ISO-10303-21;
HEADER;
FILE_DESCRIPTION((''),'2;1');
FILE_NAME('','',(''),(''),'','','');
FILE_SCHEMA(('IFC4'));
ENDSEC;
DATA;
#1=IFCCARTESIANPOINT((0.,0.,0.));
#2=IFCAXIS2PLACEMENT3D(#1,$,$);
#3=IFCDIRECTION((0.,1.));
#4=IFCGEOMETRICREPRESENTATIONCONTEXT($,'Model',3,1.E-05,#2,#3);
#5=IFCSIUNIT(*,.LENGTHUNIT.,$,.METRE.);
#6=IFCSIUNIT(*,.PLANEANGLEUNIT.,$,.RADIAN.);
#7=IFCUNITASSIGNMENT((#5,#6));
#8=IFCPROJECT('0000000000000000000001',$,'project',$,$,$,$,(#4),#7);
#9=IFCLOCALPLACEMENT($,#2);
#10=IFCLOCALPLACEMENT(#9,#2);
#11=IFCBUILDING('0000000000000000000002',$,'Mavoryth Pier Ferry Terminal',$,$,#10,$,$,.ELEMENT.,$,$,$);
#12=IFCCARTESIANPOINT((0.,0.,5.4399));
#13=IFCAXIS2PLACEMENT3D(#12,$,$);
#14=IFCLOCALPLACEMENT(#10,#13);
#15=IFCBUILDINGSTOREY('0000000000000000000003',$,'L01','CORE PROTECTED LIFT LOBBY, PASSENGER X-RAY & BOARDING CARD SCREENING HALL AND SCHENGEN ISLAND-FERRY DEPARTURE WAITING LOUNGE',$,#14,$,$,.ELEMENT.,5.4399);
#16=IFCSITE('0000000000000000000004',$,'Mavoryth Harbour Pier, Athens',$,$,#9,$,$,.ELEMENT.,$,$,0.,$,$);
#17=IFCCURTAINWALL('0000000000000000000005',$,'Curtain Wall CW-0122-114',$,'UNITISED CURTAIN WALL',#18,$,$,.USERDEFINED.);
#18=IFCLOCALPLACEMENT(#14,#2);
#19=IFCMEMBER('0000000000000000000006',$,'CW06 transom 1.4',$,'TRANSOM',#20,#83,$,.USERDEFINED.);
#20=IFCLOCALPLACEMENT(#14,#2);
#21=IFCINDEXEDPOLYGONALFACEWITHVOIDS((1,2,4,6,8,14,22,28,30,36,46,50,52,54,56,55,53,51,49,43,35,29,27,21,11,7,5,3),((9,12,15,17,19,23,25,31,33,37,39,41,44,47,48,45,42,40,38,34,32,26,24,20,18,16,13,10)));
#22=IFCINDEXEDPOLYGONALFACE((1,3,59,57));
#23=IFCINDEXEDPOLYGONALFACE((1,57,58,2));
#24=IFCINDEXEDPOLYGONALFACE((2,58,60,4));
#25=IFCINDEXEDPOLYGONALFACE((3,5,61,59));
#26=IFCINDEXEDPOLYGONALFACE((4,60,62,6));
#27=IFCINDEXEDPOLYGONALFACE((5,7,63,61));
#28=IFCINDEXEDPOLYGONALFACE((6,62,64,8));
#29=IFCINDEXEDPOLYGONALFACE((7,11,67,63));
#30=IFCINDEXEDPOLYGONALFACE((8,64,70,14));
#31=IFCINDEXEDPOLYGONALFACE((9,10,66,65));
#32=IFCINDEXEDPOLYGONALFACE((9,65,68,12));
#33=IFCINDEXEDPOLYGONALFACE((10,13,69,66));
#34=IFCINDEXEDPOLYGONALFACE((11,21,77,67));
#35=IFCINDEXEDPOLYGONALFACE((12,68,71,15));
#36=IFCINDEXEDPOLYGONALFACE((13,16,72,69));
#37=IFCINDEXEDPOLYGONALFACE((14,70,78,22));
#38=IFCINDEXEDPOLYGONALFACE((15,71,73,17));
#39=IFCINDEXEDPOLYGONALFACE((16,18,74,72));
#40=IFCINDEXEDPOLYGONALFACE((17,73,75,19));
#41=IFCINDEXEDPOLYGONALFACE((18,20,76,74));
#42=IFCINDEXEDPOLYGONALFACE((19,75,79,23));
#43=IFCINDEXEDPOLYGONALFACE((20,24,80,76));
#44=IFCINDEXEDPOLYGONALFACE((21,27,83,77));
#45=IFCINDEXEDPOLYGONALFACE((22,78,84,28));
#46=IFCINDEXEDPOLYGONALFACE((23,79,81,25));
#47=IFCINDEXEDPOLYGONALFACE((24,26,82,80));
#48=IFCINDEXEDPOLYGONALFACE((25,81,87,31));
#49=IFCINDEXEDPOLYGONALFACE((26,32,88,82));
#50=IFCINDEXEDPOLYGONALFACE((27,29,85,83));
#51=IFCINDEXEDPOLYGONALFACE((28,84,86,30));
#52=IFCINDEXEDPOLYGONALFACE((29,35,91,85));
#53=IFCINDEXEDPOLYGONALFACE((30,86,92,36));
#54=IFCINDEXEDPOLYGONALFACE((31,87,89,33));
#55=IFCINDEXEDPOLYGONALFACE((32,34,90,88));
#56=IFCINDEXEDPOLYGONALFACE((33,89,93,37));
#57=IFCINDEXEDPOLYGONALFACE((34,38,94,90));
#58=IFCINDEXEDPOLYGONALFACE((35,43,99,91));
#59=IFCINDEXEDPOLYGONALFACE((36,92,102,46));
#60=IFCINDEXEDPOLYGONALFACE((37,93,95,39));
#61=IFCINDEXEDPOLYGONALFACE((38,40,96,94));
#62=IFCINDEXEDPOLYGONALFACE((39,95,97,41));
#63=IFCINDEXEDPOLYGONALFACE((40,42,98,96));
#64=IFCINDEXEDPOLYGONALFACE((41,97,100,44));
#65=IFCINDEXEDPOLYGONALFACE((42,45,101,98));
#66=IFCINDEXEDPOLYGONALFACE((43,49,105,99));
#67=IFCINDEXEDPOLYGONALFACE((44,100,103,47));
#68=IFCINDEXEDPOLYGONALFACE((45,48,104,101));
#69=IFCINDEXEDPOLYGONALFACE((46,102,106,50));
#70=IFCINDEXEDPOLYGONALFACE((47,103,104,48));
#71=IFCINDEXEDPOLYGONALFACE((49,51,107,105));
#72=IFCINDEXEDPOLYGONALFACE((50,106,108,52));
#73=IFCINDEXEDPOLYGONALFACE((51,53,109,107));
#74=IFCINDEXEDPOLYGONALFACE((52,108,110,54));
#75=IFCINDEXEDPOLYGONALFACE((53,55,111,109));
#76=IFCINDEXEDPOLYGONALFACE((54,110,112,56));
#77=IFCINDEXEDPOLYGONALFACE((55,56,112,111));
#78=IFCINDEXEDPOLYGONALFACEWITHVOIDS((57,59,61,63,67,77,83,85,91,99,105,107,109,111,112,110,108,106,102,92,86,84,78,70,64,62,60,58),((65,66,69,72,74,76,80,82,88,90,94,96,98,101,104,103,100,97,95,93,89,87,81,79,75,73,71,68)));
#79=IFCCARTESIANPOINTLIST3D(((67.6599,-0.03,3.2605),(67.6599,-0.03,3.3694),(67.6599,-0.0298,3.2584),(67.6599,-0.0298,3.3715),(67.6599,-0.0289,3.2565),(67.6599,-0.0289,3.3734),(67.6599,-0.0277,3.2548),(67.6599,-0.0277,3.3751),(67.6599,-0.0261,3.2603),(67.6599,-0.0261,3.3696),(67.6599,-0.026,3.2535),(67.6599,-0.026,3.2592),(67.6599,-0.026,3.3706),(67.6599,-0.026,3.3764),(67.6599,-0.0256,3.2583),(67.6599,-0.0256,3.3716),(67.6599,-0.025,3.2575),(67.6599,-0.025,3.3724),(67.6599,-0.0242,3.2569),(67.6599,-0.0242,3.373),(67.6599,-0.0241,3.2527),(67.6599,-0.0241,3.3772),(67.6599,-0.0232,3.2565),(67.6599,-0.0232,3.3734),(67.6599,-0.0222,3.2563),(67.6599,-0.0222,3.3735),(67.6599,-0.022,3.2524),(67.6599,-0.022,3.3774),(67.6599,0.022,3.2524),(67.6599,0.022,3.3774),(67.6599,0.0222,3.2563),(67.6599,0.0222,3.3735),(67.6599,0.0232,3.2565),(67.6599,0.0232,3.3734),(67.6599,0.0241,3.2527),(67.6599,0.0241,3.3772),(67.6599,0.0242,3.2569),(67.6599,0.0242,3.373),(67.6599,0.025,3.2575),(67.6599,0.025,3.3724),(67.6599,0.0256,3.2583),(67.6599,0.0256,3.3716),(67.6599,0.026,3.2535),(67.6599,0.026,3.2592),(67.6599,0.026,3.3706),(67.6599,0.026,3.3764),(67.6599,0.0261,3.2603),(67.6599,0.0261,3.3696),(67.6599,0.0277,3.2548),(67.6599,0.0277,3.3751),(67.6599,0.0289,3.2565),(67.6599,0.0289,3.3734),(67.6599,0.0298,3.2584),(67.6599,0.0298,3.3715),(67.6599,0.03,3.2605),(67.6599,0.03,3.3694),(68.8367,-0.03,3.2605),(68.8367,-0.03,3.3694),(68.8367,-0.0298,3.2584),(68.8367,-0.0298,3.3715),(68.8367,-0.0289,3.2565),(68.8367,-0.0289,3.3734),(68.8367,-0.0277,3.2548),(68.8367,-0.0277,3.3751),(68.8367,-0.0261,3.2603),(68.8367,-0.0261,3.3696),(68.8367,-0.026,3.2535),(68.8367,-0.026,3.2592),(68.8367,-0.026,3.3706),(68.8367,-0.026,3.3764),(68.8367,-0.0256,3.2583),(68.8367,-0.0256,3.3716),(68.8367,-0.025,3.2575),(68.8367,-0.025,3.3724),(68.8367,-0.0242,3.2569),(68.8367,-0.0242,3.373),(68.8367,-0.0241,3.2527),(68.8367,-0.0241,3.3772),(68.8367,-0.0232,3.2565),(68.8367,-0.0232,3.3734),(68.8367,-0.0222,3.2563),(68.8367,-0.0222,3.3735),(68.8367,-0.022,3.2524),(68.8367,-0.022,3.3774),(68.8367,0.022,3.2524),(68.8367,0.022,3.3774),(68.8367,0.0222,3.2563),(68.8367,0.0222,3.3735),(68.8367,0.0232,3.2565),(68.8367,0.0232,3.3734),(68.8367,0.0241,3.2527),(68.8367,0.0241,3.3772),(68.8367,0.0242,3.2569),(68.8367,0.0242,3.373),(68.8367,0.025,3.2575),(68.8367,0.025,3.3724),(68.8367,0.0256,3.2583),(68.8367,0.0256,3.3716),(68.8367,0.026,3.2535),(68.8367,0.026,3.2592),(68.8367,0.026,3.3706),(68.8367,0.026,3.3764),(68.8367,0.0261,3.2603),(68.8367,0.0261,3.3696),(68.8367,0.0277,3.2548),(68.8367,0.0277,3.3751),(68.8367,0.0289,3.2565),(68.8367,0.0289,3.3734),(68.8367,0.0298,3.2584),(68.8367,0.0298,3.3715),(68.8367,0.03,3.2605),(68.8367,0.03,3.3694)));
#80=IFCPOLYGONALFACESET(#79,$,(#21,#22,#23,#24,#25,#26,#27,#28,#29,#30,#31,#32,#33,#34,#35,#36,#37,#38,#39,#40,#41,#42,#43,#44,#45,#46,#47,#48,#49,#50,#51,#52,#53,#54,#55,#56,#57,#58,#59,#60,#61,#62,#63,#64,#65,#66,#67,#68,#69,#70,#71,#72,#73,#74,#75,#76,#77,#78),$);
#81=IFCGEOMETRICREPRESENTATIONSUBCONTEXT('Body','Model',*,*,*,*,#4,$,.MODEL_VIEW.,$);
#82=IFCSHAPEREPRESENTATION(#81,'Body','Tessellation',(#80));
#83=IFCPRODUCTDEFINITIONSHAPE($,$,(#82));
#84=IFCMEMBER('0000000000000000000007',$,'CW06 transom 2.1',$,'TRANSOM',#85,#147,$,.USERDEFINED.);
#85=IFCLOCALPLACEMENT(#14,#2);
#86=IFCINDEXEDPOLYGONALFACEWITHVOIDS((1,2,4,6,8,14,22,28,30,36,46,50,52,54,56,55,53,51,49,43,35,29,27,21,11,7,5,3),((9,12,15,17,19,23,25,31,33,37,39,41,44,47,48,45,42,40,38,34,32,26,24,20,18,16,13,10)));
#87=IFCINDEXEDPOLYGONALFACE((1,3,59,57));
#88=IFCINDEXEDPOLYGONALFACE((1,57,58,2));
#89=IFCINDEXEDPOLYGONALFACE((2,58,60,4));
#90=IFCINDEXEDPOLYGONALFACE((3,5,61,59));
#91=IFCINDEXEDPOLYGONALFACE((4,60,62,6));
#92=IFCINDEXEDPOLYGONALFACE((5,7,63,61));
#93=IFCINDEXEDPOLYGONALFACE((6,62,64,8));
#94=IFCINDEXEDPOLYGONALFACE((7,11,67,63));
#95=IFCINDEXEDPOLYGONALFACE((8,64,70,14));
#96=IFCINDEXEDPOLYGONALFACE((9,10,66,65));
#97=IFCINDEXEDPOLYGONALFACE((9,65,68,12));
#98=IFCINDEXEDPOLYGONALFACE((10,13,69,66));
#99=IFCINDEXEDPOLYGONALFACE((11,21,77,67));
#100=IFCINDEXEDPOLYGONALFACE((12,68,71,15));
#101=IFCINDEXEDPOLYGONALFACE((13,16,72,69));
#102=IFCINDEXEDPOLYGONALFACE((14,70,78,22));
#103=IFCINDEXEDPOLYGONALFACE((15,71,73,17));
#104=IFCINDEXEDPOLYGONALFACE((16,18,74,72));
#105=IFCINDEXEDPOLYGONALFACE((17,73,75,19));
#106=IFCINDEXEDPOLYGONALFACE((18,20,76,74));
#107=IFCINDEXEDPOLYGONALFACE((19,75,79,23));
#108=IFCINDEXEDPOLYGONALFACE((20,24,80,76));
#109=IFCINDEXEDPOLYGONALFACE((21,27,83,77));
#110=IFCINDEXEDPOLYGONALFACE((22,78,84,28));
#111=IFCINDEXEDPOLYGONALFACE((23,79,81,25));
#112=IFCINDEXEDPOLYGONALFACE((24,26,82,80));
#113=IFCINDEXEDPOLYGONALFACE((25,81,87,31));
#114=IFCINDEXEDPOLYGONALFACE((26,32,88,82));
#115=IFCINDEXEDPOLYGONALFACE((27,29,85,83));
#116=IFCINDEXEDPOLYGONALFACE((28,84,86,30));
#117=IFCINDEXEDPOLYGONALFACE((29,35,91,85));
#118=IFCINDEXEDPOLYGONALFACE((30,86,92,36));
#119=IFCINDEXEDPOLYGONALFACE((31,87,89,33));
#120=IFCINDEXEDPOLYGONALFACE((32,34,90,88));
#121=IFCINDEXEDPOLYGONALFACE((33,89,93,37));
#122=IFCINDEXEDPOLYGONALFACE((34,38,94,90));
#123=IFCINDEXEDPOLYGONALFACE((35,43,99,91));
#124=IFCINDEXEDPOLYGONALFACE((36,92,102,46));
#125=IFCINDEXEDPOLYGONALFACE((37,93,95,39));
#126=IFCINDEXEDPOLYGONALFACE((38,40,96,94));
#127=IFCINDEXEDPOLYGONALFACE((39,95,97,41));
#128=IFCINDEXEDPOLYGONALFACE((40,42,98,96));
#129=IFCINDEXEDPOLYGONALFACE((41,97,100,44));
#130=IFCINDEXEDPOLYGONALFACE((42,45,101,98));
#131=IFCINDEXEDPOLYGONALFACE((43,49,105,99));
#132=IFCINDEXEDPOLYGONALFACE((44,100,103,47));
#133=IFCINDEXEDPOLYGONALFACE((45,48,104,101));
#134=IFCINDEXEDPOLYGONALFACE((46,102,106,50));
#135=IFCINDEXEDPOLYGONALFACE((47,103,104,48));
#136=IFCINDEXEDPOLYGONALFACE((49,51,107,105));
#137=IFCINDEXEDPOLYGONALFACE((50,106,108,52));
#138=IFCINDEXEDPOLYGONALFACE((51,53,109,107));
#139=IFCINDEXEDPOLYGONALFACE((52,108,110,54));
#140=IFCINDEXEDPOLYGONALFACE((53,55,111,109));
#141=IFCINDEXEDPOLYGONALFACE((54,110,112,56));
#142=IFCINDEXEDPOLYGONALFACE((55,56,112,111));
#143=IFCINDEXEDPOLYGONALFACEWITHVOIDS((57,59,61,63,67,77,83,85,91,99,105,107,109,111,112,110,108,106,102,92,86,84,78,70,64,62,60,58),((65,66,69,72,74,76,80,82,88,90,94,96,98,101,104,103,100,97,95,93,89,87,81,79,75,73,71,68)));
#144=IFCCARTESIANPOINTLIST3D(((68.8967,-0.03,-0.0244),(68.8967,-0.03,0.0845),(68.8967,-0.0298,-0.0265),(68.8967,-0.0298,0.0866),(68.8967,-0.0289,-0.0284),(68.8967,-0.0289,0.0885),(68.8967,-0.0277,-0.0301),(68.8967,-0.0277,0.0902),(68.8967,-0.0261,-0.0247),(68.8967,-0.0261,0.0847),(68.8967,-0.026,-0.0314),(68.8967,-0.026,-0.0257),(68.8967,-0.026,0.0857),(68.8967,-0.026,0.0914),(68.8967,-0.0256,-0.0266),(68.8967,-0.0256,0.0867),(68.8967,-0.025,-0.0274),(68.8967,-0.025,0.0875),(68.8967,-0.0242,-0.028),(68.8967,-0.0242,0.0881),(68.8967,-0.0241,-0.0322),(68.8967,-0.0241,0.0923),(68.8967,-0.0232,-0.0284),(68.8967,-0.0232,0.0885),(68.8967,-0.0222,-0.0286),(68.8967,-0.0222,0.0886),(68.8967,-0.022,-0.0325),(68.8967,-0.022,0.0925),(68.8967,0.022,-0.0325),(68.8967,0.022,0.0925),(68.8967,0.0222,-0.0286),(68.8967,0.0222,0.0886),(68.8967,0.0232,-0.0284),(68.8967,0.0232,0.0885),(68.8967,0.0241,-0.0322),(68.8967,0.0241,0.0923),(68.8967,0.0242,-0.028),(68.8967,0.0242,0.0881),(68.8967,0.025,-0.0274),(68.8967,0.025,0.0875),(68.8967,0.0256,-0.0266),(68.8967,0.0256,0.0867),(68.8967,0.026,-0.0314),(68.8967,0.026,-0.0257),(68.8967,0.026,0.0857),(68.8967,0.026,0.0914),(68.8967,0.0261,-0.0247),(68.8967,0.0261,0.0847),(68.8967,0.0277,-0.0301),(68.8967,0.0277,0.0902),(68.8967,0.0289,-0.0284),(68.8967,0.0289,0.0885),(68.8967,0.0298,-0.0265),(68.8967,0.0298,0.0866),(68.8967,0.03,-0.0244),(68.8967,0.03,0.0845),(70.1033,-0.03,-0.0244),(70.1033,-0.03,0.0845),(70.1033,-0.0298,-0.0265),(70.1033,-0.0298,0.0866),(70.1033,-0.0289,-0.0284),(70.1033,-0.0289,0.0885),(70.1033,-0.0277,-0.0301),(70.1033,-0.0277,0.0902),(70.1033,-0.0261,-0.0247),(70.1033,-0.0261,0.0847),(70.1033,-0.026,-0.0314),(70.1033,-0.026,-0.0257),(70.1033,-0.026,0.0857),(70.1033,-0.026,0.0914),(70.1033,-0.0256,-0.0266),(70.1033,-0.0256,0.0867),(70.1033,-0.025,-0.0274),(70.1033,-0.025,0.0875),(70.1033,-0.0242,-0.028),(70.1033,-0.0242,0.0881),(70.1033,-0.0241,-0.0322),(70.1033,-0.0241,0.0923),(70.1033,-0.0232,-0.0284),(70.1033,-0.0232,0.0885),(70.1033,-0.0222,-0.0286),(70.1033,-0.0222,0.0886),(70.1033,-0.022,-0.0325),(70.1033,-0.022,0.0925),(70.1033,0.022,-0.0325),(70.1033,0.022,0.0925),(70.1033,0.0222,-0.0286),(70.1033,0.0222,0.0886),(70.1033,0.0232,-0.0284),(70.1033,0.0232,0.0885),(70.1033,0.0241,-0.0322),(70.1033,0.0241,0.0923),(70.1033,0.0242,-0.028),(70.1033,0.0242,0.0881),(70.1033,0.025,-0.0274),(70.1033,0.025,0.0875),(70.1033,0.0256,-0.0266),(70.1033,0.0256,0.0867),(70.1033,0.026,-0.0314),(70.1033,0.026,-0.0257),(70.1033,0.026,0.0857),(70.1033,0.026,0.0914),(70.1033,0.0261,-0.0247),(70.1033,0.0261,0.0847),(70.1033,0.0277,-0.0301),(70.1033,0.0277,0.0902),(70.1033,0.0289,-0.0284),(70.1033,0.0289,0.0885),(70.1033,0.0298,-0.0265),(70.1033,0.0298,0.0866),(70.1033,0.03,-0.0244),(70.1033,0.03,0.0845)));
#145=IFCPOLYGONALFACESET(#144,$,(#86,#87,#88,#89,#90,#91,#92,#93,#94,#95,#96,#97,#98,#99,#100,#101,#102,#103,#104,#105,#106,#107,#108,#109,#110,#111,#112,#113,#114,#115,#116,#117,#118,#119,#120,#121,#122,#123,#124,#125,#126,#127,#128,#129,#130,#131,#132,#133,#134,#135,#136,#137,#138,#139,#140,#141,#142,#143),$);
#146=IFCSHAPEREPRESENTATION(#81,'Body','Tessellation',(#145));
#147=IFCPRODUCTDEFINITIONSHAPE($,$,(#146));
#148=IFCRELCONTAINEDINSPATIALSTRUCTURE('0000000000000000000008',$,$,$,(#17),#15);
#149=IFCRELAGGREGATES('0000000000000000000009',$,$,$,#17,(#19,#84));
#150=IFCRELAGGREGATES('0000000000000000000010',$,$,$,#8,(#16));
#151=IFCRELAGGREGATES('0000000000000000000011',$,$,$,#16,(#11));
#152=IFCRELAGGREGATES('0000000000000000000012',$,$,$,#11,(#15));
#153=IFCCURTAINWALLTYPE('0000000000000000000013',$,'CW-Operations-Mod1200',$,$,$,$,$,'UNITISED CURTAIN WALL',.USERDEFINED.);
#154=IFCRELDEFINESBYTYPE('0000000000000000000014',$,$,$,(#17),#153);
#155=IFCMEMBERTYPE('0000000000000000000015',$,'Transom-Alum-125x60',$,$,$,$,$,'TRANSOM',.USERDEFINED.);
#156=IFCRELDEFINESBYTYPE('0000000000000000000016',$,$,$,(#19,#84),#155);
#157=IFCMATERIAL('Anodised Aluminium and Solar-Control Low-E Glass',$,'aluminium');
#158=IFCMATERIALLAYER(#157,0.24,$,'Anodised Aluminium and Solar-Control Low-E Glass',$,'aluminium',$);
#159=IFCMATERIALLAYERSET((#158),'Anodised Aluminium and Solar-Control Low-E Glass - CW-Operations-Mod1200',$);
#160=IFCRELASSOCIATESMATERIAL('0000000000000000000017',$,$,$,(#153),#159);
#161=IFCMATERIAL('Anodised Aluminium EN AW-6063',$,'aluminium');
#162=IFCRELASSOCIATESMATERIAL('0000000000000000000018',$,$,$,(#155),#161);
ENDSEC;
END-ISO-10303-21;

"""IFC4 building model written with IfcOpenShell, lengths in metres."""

from ifc_helpers import new_model, si_unit, direction, frame, origin, origin_2d, place, context, subcontext, project, spatial, hollow_rectangle, extrude, material, layer, layer_set, material_profile, profile_set, type_object, element, aggregate, save


model = new_model("IFC4")

# Units and contexts
model_context = context("Model", 3, precision=1e-05, world=origin(), true_north=direction((0.0, 1.0)))
body_context = subcontext(model_context, "Body", "Model", "MODEL_VIEW")
ifc_project = project(units=[si_unit("LENGTHUNIT", "METRE"), si_unit("PLANEANGLEUNIT", "RADIAN")], contexts=[model_context])

# Site, building, storey
site_placement = place(None, origin())
site = spatial("IfcSite", under=ifc_project, at=site_placement, Name="Mavoryth Harbour Pier, Athens", CompositionType="ELEMENT", RefElevation=0.0)
building_placement = place(site_placement, origin())
building = spatial("IfcBuilding", under=site, at=building_placement, Name="Mavoryth Pier Ferry Terminal", CompositionType="ELEMENT")
storey_placement = place(building_placement, frame((0.0, 0.0, 5.4399)))
storey = spatial("IfcBuildingStorey", under=building, at=storey_placement, Name="L01", Description="CORE PROTECTED LIFT LOBBY, PASSENGER X-RAY & BOARDING CARD SCREENING HALL AND SCHENGEN ISLAND-FERRY DEPARTURE WAITING LOUNGE", CompositionType="ELEMENT", Elevation=5.4399)

# Curtain wall
ifc_material_1 = material(Name="Anodised Aluminium and Solar-Control Low-E Glass", Category="aluminium")
ifc_layer_1 = layer(ifc_material_1, 0.24, Name="Anodised Aluminium and Solar-Control Low-E Glass", Category="aluminium")
ifc_layer_set_1 = layer_set([ifc_layer_1], Name="Anodised Aluminium and Solar-Control Low-E Glass - CW-Operations-Mod1200")
curtain_wall_type = type_object("IfcCurtainWallType", Name="CW-Operations-Mod1200", ElementType="UNITISED CURTAIN WALL", PredefinedType="USERDEFINED", material=ifc_layer_set_1)
curtain_wall_placement = place(storey_placement, origin())
curtain_wall = element("IfcCurtainWall", 1, at=curtain_wall_placement, inside=storey, type_object=curtain_wall_type, Name="Curtain Wall CW-0122-114", ObjectType="UNITISED CURTAIN WALL", PredefinedType="USERDEFINED")
ifc_material_2 = material(Name="Anodised Aluminium EN AW-6063", Category="aluminium")

# Members
ifc_material_profile_1 = material_profile(ifc_material_2, hollow_rectangle(XDim=0.0601, YDim=0.125, WallThickness=0.0039, InnerFilletRadius=0.0039, OuterFilletRadius=0.0081, at=origin_2d()), Name="AL-TRAN 125x60x4", Category="aluminium")
ifc_profile_set_1 = profile_set([ifc_material_profile_1], Name="Anodised Aluminium EN AW-6063 - AL-TRAN 125x60x4")
member_type_1 = type_object("IfcMemberType", Name="Transom-Alum-125x60", ElementType="TRANSOM", PredefinedType="USERDEFINED", material=ifc_profile_set_1)
member_1_placement = place(storey_placement, frame((67.6599, 0.0, 3.3149), z_axis=(1.0, 0.0, 0.0), x_axis=(0.0, 1.0, 0.0)))
member_1 = element("IfcMember", 2, at=member_1_placement, type_object=member_type_1, Name="CW06 transom 1.4", ObjectType="TRANSOM", PredefinedType="USERDEFINED", context=body_context, shape_type="SweptSolid", body=[
    extrude(hollow_rectangle(XDim=0.0601, YDim=0.125, WallThickness=0.0039, InnerFilletRadius=0.0039, OuterFilletRadius=0.0081, at=origin_2d()), origin(), (0.0, 0.0, 1.0), 1.1768),
])
member_2_placement = place(storey_placement, frame((68.8967, 0.0, 0.03), z_axis=(1.0, 0.0, 0.0), x_axis=(0.0, 1.0, 0.0)))
member_2 = element("IfcMember", 3, at=member_2_placement, type_object=member_type_1, Name="CW06 transom 2.1", ObjectType="TRANSOM", PredefinedType="USERDEFINED", context=body_context, shape_type="SweptSolid", body=[
    extrude(hollow_rectangle(XDim=0.0601, YDim=0.125, WallThickness=0.0039, InnerFilletRadius=0.0039, OuterFilletRadius=0.0081, at=origin_2d()), origin(), (0.0, 0.0, 1.0), 1.2065),
])

aggregate(curtain_wall, [member_1, member_2])

save(model, "model.ifc")
